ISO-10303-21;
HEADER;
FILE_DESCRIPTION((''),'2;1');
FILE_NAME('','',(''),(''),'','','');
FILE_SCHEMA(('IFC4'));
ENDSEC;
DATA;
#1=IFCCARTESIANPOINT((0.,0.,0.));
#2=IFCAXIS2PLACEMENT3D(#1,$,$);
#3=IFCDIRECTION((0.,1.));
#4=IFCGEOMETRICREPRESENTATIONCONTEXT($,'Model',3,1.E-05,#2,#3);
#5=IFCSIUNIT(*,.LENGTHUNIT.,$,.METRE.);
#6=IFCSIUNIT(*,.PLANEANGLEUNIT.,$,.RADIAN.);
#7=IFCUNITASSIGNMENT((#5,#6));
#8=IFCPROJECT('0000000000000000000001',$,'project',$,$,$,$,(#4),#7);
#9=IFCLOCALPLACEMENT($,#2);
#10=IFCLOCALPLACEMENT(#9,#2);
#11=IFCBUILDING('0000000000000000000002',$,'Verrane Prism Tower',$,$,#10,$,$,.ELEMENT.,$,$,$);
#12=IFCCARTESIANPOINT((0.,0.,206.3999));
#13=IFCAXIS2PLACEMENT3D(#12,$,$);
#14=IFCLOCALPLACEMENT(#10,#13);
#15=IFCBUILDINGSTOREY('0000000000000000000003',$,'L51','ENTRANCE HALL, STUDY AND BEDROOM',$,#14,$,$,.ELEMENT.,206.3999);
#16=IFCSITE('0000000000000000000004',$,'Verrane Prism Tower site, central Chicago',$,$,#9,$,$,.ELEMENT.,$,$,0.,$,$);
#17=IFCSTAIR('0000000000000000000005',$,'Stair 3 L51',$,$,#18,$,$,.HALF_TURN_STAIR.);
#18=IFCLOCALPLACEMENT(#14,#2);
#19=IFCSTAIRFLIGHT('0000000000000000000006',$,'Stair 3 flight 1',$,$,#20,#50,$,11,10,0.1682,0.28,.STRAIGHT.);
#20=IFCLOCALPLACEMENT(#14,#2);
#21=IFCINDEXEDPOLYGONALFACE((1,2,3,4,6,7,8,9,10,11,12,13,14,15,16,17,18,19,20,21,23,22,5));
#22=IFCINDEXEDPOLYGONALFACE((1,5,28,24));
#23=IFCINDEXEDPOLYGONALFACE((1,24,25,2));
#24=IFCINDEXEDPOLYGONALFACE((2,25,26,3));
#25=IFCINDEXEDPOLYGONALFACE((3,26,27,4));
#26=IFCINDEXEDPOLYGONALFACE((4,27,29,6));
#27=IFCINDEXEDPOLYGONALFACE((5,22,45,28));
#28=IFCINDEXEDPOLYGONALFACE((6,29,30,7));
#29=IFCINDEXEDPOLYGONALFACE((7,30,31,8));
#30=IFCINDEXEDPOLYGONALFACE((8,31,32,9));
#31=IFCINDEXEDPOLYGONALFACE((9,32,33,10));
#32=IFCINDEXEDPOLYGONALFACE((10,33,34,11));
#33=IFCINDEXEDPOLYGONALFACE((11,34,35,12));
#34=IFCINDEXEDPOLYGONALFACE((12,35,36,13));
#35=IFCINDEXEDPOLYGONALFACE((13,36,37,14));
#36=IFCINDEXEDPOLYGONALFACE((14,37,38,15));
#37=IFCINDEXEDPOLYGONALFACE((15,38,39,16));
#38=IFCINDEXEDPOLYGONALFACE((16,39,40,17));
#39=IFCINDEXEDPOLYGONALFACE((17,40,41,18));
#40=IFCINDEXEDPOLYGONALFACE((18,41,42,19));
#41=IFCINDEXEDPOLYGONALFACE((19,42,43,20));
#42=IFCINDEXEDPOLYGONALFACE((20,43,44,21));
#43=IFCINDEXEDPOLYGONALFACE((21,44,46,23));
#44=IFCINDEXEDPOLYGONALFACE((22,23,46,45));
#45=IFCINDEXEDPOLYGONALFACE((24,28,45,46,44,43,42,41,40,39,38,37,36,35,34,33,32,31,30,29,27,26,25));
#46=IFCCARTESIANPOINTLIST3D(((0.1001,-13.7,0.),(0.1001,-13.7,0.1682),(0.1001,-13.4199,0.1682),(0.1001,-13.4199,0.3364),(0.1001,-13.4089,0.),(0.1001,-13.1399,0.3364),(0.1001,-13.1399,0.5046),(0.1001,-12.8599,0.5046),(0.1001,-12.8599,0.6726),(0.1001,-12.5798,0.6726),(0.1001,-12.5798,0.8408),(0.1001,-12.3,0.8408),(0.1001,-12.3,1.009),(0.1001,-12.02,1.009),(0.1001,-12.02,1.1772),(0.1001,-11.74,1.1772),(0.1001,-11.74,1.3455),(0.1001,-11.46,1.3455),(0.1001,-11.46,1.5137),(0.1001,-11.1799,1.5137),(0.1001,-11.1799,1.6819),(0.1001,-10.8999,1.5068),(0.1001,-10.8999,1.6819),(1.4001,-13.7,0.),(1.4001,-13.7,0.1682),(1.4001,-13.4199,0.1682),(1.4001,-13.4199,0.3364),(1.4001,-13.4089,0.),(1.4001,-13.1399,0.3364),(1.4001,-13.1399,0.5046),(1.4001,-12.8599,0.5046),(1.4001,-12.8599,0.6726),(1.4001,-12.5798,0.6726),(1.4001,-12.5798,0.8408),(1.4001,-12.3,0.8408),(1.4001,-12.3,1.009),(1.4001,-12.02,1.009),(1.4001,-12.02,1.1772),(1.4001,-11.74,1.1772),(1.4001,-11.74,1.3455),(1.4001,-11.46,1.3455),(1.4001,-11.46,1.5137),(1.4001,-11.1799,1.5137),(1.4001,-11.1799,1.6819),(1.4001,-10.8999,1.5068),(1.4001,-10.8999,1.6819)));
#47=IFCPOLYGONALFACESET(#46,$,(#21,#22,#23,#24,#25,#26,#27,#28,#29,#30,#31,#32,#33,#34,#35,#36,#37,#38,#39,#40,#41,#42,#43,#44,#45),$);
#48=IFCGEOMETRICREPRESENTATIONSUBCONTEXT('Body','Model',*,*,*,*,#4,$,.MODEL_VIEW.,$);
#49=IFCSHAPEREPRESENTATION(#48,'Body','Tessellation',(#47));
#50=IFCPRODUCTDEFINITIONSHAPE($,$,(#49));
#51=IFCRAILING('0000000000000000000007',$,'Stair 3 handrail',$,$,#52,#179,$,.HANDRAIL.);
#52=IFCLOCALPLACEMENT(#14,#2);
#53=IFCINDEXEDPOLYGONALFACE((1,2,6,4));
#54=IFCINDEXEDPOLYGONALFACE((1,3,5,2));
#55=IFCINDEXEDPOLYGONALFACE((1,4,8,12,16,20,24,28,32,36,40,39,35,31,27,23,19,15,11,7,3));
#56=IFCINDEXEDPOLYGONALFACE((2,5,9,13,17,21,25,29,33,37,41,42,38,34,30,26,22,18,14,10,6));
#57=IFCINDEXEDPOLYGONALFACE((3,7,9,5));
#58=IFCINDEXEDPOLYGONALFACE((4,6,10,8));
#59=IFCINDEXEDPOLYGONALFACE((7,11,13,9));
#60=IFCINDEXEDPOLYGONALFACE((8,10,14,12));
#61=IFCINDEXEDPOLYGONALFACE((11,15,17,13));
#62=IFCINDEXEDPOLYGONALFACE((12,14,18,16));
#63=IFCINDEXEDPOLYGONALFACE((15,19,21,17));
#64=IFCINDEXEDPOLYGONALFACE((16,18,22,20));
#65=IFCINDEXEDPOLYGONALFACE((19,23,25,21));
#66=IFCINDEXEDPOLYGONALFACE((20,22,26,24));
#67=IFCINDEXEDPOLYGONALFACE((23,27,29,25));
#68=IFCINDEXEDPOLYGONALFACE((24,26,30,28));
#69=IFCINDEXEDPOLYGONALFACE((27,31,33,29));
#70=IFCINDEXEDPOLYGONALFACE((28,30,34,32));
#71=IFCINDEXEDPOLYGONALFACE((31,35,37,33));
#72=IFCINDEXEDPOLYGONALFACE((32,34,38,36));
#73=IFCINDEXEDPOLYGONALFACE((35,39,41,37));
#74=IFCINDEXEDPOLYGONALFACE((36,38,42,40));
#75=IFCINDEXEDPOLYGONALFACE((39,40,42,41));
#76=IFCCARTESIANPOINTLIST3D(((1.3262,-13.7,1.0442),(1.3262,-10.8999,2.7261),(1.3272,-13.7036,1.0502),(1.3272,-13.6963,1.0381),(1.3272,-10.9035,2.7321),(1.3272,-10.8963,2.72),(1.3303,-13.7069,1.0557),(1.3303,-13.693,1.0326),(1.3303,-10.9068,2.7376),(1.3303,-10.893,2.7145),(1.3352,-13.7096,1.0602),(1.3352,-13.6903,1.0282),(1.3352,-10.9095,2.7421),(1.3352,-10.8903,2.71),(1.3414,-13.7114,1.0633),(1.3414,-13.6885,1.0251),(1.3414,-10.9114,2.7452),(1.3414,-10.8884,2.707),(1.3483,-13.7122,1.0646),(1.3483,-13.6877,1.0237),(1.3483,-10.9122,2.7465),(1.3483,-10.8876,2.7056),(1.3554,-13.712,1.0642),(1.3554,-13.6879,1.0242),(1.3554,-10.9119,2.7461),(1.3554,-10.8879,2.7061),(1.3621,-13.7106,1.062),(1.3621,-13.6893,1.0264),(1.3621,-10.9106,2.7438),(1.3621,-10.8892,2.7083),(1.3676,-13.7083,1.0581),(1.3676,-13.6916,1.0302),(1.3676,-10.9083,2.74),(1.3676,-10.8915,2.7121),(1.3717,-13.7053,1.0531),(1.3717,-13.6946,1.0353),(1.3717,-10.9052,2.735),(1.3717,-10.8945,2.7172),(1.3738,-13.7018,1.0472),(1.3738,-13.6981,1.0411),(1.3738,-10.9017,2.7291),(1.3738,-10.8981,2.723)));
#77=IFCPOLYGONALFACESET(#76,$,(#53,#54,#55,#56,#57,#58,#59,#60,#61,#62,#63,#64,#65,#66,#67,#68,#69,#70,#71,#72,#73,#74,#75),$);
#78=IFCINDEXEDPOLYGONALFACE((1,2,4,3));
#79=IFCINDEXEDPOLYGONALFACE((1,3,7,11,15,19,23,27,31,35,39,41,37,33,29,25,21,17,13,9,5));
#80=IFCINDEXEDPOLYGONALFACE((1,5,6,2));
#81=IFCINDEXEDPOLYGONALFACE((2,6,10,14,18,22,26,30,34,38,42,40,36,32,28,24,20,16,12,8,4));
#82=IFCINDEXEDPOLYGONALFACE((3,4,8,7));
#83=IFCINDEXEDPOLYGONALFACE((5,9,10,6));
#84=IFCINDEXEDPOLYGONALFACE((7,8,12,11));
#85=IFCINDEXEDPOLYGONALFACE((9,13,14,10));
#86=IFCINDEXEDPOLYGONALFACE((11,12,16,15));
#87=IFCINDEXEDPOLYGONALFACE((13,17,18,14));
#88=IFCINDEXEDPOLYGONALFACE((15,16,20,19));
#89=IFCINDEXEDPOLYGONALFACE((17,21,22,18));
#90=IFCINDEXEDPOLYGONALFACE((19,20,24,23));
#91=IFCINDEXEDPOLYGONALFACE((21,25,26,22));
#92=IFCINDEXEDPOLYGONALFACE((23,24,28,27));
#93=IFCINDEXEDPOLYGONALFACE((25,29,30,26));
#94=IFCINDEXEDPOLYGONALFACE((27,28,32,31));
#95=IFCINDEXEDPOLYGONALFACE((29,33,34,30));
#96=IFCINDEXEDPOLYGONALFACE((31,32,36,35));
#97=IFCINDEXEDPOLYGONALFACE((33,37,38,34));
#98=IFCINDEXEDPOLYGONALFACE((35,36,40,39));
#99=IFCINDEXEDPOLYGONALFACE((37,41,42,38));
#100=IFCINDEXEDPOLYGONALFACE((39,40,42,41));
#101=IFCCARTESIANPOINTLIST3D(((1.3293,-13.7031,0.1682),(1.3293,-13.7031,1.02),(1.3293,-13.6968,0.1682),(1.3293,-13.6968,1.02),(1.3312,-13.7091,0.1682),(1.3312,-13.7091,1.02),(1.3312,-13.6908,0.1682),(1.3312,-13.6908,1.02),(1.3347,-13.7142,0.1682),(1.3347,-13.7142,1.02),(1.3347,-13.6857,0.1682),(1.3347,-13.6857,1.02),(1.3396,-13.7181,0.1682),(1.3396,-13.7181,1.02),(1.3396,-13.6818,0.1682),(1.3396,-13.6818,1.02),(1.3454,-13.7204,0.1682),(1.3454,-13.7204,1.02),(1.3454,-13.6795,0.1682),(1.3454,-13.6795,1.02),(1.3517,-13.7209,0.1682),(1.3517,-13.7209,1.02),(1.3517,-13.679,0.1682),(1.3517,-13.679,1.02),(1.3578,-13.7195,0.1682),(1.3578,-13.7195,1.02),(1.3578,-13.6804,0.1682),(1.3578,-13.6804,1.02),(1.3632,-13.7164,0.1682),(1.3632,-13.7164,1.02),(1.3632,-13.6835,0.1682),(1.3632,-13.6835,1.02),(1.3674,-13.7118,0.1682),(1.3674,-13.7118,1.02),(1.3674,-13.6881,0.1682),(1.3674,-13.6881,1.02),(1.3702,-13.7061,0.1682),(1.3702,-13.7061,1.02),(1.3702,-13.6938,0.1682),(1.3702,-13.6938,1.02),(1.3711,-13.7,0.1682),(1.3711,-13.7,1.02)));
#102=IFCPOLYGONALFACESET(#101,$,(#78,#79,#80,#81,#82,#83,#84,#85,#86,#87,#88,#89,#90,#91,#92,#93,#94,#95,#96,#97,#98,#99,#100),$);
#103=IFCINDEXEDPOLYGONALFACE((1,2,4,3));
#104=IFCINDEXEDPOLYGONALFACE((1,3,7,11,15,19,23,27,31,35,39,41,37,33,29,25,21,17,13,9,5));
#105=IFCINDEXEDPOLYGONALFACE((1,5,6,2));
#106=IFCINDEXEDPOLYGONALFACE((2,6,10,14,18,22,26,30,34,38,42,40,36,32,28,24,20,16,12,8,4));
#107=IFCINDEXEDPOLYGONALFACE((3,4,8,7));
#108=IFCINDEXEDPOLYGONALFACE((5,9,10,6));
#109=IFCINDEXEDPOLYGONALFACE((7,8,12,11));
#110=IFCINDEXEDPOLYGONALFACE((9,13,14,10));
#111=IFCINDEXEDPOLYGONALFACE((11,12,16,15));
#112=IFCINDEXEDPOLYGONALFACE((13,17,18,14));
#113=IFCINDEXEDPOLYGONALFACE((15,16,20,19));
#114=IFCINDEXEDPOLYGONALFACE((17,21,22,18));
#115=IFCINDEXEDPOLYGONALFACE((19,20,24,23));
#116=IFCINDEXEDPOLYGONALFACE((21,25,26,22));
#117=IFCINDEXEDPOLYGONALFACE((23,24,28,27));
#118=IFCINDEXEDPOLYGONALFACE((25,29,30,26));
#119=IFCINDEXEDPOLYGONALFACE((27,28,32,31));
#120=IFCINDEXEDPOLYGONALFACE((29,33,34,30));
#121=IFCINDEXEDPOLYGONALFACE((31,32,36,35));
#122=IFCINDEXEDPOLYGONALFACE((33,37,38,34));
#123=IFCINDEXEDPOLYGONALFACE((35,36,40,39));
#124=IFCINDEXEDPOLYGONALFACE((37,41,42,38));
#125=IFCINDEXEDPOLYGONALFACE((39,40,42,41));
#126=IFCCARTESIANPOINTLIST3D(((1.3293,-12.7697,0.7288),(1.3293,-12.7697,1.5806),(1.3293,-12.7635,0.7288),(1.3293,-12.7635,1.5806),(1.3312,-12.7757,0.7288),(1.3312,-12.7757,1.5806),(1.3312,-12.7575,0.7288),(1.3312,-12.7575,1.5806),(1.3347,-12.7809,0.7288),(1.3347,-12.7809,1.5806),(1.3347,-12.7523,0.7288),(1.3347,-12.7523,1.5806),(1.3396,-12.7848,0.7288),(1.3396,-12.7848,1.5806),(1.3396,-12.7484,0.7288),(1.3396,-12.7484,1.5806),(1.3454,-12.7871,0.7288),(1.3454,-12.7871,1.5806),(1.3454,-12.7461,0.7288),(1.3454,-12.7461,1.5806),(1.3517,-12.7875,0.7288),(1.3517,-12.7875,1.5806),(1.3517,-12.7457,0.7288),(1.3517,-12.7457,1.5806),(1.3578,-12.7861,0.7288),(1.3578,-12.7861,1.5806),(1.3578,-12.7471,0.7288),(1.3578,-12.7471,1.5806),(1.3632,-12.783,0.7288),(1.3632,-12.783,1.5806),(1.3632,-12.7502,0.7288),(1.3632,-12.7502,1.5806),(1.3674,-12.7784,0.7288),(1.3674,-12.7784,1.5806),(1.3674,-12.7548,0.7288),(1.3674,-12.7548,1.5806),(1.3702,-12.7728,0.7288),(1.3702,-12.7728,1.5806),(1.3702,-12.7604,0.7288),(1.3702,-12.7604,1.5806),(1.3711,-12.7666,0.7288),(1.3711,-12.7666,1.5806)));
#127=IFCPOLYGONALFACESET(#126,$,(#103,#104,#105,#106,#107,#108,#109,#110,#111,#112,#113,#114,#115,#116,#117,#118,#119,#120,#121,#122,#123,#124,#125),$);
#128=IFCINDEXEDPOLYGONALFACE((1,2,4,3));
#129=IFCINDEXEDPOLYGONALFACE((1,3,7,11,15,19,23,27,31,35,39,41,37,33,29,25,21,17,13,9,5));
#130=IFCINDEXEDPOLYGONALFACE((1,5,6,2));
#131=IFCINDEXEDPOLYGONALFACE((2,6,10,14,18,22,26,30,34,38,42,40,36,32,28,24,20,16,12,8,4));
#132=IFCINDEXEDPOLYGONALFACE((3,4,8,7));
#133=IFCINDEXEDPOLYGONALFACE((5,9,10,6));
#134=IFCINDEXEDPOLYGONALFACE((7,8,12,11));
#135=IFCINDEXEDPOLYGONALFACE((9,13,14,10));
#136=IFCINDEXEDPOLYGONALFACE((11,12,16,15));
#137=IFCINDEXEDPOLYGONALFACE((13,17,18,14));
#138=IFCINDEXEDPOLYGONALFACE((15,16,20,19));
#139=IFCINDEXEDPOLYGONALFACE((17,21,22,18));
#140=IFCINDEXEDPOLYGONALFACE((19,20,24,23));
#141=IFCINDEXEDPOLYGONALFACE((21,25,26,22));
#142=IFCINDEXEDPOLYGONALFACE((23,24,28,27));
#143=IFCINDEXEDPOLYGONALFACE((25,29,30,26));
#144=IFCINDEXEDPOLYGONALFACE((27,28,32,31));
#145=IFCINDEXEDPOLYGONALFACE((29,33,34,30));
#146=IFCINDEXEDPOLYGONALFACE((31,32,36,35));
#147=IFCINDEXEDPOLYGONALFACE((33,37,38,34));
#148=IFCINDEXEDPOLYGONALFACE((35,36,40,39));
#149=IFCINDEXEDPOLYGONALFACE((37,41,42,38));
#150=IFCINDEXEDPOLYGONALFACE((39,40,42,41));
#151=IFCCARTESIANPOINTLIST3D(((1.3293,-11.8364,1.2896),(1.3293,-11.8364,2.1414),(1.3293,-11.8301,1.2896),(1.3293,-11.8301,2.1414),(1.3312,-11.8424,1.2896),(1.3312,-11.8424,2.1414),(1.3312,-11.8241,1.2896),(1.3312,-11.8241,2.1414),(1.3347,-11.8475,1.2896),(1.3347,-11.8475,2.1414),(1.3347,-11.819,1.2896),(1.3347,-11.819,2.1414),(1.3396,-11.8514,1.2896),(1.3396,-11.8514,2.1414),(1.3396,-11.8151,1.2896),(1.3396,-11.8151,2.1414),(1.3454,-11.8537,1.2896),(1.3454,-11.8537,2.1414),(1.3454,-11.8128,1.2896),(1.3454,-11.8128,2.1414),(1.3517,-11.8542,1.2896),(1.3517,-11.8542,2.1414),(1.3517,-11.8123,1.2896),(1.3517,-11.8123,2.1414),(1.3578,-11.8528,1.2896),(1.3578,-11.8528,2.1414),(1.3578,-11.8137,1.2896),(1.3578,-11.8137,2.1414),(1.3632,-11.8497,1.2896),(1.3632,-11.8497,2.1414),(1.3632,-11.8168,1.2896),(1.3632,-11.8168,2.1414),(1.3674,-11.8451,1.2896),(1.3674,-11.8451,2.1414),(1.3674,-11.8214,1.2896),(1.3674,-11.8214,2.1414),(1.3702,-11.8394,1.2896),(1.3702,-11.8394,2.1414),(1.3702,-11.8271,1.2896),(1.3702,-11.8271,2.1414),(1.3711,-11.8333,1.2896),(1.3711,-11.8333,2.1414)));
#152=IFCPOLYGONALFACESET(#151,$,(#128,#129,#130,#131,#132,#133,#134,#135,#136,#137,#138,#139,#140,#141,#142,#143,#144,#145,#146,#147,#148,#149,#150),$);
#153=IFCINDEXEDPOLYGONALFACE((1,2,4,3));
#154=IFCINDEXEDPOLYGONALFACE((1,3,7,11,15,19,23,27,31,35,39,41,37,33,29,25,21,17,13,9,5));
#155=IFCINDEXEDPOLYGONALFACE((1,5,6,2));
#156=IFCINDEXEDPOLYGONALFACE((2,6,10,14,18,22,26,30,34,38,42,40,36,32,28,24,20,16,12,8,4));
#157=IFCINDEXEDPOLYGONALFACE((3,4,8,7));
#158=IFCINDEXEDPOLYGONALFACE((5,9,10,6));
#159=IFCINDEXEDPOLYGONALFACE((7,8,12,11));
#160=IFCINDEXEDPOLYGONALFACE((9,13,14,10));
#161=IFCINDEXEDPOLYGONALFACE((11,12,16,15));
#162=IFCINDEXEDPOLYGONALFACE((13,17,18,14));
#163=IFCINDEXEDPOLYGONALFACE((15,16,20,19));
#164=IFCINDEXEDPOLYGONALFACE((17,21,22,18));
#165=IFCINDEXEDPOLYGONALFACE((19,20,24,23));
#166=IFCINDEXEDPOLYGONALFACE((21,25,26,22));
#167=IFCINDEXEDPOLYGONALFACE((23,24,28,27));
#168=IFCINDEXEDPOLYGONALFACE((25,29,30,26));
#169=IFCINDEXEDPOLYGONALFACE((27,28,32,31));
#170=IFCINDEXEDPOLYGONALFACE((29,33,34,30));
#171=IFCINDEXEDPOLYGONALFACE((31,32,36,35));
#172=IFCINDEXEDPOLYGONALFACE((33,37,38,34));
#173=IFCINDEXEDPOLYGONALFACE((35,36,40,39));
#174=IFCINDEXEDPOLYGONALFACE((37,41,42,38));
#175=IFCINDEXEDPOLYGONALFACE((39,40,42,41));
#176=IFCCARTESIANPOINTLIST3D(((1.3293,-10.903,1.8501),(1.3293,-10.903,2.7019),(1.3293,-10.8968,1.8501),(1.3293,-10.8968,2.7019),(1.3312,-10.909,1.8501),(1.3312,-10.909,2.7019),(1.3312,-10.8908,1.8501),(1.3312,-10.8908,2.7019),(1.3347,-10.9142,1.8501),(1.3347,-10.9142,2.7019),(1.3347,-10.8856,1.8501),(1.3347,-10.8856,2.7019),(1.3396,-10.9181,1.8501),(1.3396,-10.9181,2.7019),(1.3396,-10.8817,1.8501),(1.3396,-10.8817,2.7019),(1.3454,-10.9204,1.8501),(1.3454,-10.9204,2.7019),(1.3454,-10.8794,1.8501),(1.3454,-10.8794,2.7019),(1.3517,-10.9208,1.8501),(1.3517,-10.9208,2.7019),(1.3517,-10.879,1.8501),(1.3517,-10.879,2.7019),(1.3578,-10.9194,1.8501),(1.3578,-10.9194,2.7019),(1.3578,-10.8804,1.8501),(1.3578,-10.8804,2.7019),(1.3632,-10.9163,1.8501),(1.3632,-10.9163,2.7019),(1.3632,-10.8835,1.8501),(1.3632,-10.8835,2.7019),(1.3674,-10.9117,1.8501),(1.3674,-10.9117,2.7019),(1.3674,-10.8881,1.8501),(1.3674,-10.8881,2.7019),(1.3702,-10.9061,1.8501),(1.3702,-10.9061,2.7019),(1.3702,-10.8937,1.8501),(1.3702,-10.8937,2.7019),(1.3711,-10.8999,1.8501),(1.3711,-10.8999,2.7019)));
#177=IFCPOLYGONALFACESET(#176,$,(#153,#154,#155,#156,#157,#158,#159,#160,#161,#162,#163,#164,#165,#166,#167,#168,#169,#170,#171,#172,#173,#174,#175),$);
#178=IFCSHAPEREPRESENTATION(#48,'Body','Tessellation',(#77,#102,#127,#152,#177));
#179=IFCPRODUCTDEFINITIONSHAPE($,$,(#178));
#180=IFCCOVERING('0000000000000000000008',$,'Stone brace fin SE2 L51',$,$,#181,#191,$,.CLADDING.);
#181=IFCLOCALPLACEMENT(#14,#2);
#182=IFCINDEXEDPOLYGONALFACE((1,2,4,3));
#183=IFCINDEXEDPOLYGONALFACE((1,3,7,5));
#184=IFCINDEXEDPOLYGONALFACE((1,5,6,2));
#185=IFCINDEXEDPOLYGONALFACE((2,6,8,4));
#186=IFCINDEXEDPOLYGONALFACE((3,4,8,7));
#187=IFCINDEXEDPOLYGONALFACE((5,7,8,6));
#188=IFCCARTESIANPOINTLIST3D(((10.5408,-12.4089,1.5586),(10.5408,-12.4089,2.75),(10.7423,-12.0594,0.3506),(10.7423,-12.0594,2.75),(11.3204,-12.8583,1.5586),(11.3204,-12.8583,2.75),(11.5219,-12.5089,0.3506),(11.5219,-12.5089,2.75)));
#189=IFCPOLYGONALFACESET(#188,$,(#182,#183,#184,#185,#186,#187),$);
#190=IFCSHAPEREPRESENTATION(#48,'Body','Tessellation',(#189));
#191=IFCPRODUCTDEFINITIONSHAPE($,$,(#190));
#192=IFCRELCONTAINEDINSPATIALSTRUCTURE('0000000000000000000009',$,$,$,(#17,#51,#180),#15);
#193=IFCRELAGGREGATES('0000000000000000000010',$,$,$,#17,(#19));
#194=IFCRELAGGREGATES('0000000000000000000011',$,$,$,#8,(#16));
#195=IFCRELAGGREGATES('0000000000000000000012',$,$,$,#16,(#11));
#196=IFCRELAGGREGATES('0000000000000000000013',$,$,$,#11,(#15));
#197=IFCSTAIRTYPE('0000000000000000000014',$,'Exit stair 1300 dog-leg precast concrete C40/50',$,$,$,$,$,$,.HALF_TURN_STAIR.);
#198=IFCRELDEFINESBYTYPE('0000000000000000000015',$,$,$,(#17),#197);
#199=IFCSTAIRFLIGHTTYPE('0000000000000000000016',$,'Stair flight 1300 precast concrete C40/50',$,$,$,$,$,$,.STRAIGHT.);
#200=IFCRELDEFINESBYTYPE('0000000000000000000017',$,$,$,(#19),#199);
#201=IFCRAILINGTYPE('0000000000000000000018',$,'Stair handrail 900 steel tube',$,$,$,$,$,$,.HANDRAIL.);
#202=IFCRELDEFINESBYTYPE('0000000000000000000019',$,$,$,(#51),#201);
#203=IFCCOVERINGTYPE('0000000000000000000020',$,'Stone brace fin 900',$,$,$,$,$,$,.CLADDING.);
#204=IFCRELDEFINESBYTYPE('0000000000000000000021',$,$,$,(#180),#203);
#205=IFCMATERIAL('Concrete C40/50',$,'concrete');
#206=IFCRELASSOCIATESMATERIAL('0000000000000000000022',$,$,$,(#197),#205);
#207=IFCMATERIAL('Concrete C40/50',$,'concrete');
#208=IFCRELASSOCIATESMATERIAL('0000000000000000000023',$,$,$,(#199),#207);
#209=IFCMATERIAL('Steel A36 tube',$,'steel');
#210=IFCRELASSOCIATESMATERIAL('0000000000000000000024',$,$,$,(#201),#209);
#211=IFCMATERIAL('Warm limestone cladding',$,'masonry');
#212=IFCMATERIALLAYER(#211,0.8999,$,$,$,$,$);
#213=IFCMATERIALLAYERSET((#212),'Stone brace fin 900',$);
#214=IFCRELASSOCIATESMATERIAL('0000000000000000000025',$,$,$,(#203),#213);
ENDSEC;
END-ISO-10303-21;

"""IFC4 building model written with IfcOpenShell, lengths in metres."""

from ifc_helpers import new_model, si_unit, direction, frame, origin, origin_2d, place, context, subcontext, project, spatial, polyline, circle, outline, extrude, material, layer, layer_set, type_object, element, aggregate, save


model = new_model("IFC4")

# Units and contexts
model_context = context("Model", 3, precision=1e-05, world=origin(), true_north=direction((0.0, 1.0)))
body_context = subcontext(model_context, "Body", "Model", "MODEL_VIEW")
ifc_project = project(units=[si_unit("LENGTHUNIT", "METRE"), si_unit("PLANEANGLEUNIT", "RADIAN")], contexts=[model_context])

# Site, building, storey
site_placement = place(None, origin())
site = spatial("IfcSite", under=ifc_project, at=site_placement, Name="Verrane Prism Tower site, central Chicago", CompositionType="ELEMENT", RefElevation=0.0)
building_placement = place(site_placement, origin())
building = spatial("IfcBuilding", under=site, at=building_placement, Name="Verrane Prism Tower", CompositionType="ELEMENT")
storey_placement = place(building_placement, frame((0.0, 0.0, 206.3999)))
storey = spatial("IfcBuildingStorey", under=building, at=storey_placement, Name="L51", Description="ENTRANCE HALL, STUDY AND BEDROOM", CompositionType="ELEMENT", Elevation=206.3999)

# Stair, stair flight
ifc_material_1 = material(Name="Concrete C40/50", Category="concrete")
stair_type = type_object("IfcStairType", Name="Exit stair 1300 dog-leg precast concrete C40/50", PredefinedType="HALF_TURN_STAIR", material=ifc_material_1)
stair_placement = place(storey_placement, origin())
stair = element("IfcStair", 1, at=stair_placement, inside=storey, type_object=stair_type, Name="Stair 3 L51", PredefinedType="HALF_TURN_STAIR")
ifc_material_2 = material(Name="Concrete C40/50", Category="concrete")
stair_flight_type = type_object("IfcStairFlightType", Name="Stair flight 1300 precast concrete C40/50", PredefinedType="STRAIGHT", material=ifc_material_2)
stair_flight_placement = place(storey_placement, frame((0.75, -13.7, 0.0), z_axis=(0.0, 0.0, 1.0), x_axis=(0.0, 1.0, 0.0)))
stair_flight = element("IfcStairFlight", 2, at=stair_flight_placement, type_object=stair_flight_type, Name="Stair 3 flight 1", NumberOfRisers=11, NumberOfTreads=10, PredefinedType="STRAIGHT", RiserHeight=0.1682, TreadLength=0.28, context=body_context, shape_type="SweptSolid", body=[
    extrude(outline(polyline([(0.0, 0.0), (0.0, 0.1682), (0.28, 0.1682), (0.28, 0.3364), (0.5601, 0.3364), (0.5601, 0.5046), (0.8401, 0.5046), (0.8401, 0.6726), (1.1201, 0.6726), (1.1201, 0.8408), (1.3999, 0.8408), (1.3999, 1.009), (1.6799, 1.009), (1.6799, 1.1772), (1.96, 1.1772), (1.96, 1.3455), (2.24, 1.3455), (2.24, 1.5137), (2.52, 1.5137), (2.52, 1.6819), (2.8, 1.6819), (2.8, 1.8501), (2.8, 1.5068), (0.291, 0.0), (0.0, 0.0)])), frame((0.0, 0.6499, 0.0), z_axis=(0.0, -1.0, 0.0), x_axis=(1.0, 0.0, 0.0)), (0.0, 0.0, 1.0), 1.3),
])
aggregate(stair, [stair_flight])

# Railing
ifc_material_3 = material(Name="Steel A36 tube", Category="steel")
railing_type = type_object("IfcRailingType", Name="Stair handrail 900 steel tube", PredefinedType="HANDRAIL", material=ifc_material_3)
railing_placement = place(storey_placement, frame((1.3501, -13.7, 0.1682)))
element("IfcRailing", 3, at=railing_placement, inside=storey, type_object=railing_type, Name="Stair 3 handrail", PredefinedType="HANDRAIL", context=body_context, shape_type="SweptSolid", body=[
    extrude(circle(Radius=0.0239, at=origin_2d()), frame((0.0, 0.0, 0.876), z_axis=(0.0, 0.857242, 0.514913), x_axis=(-1.0, 0.0, 0.0)), (0.0, 0.0, 1.0), 3.2664),
    extrude(circle(Radius=0.021, at=origin_2d()), origin(), (0.0, 0.0, 1.0), 0.8518),
    extrude(circle(Radius=0.021, at=origin_2d()), frame((0.0, 0.9333, 0.5605)), (0.0, 0.0, 1.0), 0.8518),
    extrude(circle(Radius=0.021, at=origin_2d()), frame((0.0, 1.8667, 1.1213)), (0.0, 0.0, 1.0), 0.8518),
    extrude(circle(Radius=0.021, at=origin_2d()), frame((0.0, 2.8, 1.6819)), (0.0, 0.0, 1.0), 0.8518),
])

# Covering
ifc_material_4 = material(Name="Warm limestone cladding", Category="masonry")
ifc_layer_1 = layer(ifc_material_4, 0.8999)
ifc_layer_set_1 = layer_set([ifc_layer_1], Name="Stone brace fin 900")
covering_type = type_object("IfcCoveringType", Name="Stone brace fin 900", PredefinedType="CLADDING", material=ifc_layer_set_1)
covering_placement = place(storey_placement, frame((11.1321, -12.2842, 0.3506), z_axis=(0.0, 0.0, 1.0), x_axis=(-0.49946, -0.866337, 0.0)))
element("IfcCovering", 4, at=covering_placement, inside=storey, type_object=covering_type, Name="Stone brace fin SE2 L51", PredefinedType="CLADDING", context=body_context, shape_type="SweptSolid", body=[
    extrude(outline(polyline([(0.4033, 2.3994), (0.0, 2.3994), (0.0, 0.0), (0.4033, 1.208), (0.4033, 2.3994)])), frame((0.0, 0.45, 0.0), z_axis=(0.0, -1.0, 0.0), x_axis=(1.0, 0.0, 0.0)), (0.0, 0.0, 1.0), 0.8999),
])

save(model, "model.ifc")
